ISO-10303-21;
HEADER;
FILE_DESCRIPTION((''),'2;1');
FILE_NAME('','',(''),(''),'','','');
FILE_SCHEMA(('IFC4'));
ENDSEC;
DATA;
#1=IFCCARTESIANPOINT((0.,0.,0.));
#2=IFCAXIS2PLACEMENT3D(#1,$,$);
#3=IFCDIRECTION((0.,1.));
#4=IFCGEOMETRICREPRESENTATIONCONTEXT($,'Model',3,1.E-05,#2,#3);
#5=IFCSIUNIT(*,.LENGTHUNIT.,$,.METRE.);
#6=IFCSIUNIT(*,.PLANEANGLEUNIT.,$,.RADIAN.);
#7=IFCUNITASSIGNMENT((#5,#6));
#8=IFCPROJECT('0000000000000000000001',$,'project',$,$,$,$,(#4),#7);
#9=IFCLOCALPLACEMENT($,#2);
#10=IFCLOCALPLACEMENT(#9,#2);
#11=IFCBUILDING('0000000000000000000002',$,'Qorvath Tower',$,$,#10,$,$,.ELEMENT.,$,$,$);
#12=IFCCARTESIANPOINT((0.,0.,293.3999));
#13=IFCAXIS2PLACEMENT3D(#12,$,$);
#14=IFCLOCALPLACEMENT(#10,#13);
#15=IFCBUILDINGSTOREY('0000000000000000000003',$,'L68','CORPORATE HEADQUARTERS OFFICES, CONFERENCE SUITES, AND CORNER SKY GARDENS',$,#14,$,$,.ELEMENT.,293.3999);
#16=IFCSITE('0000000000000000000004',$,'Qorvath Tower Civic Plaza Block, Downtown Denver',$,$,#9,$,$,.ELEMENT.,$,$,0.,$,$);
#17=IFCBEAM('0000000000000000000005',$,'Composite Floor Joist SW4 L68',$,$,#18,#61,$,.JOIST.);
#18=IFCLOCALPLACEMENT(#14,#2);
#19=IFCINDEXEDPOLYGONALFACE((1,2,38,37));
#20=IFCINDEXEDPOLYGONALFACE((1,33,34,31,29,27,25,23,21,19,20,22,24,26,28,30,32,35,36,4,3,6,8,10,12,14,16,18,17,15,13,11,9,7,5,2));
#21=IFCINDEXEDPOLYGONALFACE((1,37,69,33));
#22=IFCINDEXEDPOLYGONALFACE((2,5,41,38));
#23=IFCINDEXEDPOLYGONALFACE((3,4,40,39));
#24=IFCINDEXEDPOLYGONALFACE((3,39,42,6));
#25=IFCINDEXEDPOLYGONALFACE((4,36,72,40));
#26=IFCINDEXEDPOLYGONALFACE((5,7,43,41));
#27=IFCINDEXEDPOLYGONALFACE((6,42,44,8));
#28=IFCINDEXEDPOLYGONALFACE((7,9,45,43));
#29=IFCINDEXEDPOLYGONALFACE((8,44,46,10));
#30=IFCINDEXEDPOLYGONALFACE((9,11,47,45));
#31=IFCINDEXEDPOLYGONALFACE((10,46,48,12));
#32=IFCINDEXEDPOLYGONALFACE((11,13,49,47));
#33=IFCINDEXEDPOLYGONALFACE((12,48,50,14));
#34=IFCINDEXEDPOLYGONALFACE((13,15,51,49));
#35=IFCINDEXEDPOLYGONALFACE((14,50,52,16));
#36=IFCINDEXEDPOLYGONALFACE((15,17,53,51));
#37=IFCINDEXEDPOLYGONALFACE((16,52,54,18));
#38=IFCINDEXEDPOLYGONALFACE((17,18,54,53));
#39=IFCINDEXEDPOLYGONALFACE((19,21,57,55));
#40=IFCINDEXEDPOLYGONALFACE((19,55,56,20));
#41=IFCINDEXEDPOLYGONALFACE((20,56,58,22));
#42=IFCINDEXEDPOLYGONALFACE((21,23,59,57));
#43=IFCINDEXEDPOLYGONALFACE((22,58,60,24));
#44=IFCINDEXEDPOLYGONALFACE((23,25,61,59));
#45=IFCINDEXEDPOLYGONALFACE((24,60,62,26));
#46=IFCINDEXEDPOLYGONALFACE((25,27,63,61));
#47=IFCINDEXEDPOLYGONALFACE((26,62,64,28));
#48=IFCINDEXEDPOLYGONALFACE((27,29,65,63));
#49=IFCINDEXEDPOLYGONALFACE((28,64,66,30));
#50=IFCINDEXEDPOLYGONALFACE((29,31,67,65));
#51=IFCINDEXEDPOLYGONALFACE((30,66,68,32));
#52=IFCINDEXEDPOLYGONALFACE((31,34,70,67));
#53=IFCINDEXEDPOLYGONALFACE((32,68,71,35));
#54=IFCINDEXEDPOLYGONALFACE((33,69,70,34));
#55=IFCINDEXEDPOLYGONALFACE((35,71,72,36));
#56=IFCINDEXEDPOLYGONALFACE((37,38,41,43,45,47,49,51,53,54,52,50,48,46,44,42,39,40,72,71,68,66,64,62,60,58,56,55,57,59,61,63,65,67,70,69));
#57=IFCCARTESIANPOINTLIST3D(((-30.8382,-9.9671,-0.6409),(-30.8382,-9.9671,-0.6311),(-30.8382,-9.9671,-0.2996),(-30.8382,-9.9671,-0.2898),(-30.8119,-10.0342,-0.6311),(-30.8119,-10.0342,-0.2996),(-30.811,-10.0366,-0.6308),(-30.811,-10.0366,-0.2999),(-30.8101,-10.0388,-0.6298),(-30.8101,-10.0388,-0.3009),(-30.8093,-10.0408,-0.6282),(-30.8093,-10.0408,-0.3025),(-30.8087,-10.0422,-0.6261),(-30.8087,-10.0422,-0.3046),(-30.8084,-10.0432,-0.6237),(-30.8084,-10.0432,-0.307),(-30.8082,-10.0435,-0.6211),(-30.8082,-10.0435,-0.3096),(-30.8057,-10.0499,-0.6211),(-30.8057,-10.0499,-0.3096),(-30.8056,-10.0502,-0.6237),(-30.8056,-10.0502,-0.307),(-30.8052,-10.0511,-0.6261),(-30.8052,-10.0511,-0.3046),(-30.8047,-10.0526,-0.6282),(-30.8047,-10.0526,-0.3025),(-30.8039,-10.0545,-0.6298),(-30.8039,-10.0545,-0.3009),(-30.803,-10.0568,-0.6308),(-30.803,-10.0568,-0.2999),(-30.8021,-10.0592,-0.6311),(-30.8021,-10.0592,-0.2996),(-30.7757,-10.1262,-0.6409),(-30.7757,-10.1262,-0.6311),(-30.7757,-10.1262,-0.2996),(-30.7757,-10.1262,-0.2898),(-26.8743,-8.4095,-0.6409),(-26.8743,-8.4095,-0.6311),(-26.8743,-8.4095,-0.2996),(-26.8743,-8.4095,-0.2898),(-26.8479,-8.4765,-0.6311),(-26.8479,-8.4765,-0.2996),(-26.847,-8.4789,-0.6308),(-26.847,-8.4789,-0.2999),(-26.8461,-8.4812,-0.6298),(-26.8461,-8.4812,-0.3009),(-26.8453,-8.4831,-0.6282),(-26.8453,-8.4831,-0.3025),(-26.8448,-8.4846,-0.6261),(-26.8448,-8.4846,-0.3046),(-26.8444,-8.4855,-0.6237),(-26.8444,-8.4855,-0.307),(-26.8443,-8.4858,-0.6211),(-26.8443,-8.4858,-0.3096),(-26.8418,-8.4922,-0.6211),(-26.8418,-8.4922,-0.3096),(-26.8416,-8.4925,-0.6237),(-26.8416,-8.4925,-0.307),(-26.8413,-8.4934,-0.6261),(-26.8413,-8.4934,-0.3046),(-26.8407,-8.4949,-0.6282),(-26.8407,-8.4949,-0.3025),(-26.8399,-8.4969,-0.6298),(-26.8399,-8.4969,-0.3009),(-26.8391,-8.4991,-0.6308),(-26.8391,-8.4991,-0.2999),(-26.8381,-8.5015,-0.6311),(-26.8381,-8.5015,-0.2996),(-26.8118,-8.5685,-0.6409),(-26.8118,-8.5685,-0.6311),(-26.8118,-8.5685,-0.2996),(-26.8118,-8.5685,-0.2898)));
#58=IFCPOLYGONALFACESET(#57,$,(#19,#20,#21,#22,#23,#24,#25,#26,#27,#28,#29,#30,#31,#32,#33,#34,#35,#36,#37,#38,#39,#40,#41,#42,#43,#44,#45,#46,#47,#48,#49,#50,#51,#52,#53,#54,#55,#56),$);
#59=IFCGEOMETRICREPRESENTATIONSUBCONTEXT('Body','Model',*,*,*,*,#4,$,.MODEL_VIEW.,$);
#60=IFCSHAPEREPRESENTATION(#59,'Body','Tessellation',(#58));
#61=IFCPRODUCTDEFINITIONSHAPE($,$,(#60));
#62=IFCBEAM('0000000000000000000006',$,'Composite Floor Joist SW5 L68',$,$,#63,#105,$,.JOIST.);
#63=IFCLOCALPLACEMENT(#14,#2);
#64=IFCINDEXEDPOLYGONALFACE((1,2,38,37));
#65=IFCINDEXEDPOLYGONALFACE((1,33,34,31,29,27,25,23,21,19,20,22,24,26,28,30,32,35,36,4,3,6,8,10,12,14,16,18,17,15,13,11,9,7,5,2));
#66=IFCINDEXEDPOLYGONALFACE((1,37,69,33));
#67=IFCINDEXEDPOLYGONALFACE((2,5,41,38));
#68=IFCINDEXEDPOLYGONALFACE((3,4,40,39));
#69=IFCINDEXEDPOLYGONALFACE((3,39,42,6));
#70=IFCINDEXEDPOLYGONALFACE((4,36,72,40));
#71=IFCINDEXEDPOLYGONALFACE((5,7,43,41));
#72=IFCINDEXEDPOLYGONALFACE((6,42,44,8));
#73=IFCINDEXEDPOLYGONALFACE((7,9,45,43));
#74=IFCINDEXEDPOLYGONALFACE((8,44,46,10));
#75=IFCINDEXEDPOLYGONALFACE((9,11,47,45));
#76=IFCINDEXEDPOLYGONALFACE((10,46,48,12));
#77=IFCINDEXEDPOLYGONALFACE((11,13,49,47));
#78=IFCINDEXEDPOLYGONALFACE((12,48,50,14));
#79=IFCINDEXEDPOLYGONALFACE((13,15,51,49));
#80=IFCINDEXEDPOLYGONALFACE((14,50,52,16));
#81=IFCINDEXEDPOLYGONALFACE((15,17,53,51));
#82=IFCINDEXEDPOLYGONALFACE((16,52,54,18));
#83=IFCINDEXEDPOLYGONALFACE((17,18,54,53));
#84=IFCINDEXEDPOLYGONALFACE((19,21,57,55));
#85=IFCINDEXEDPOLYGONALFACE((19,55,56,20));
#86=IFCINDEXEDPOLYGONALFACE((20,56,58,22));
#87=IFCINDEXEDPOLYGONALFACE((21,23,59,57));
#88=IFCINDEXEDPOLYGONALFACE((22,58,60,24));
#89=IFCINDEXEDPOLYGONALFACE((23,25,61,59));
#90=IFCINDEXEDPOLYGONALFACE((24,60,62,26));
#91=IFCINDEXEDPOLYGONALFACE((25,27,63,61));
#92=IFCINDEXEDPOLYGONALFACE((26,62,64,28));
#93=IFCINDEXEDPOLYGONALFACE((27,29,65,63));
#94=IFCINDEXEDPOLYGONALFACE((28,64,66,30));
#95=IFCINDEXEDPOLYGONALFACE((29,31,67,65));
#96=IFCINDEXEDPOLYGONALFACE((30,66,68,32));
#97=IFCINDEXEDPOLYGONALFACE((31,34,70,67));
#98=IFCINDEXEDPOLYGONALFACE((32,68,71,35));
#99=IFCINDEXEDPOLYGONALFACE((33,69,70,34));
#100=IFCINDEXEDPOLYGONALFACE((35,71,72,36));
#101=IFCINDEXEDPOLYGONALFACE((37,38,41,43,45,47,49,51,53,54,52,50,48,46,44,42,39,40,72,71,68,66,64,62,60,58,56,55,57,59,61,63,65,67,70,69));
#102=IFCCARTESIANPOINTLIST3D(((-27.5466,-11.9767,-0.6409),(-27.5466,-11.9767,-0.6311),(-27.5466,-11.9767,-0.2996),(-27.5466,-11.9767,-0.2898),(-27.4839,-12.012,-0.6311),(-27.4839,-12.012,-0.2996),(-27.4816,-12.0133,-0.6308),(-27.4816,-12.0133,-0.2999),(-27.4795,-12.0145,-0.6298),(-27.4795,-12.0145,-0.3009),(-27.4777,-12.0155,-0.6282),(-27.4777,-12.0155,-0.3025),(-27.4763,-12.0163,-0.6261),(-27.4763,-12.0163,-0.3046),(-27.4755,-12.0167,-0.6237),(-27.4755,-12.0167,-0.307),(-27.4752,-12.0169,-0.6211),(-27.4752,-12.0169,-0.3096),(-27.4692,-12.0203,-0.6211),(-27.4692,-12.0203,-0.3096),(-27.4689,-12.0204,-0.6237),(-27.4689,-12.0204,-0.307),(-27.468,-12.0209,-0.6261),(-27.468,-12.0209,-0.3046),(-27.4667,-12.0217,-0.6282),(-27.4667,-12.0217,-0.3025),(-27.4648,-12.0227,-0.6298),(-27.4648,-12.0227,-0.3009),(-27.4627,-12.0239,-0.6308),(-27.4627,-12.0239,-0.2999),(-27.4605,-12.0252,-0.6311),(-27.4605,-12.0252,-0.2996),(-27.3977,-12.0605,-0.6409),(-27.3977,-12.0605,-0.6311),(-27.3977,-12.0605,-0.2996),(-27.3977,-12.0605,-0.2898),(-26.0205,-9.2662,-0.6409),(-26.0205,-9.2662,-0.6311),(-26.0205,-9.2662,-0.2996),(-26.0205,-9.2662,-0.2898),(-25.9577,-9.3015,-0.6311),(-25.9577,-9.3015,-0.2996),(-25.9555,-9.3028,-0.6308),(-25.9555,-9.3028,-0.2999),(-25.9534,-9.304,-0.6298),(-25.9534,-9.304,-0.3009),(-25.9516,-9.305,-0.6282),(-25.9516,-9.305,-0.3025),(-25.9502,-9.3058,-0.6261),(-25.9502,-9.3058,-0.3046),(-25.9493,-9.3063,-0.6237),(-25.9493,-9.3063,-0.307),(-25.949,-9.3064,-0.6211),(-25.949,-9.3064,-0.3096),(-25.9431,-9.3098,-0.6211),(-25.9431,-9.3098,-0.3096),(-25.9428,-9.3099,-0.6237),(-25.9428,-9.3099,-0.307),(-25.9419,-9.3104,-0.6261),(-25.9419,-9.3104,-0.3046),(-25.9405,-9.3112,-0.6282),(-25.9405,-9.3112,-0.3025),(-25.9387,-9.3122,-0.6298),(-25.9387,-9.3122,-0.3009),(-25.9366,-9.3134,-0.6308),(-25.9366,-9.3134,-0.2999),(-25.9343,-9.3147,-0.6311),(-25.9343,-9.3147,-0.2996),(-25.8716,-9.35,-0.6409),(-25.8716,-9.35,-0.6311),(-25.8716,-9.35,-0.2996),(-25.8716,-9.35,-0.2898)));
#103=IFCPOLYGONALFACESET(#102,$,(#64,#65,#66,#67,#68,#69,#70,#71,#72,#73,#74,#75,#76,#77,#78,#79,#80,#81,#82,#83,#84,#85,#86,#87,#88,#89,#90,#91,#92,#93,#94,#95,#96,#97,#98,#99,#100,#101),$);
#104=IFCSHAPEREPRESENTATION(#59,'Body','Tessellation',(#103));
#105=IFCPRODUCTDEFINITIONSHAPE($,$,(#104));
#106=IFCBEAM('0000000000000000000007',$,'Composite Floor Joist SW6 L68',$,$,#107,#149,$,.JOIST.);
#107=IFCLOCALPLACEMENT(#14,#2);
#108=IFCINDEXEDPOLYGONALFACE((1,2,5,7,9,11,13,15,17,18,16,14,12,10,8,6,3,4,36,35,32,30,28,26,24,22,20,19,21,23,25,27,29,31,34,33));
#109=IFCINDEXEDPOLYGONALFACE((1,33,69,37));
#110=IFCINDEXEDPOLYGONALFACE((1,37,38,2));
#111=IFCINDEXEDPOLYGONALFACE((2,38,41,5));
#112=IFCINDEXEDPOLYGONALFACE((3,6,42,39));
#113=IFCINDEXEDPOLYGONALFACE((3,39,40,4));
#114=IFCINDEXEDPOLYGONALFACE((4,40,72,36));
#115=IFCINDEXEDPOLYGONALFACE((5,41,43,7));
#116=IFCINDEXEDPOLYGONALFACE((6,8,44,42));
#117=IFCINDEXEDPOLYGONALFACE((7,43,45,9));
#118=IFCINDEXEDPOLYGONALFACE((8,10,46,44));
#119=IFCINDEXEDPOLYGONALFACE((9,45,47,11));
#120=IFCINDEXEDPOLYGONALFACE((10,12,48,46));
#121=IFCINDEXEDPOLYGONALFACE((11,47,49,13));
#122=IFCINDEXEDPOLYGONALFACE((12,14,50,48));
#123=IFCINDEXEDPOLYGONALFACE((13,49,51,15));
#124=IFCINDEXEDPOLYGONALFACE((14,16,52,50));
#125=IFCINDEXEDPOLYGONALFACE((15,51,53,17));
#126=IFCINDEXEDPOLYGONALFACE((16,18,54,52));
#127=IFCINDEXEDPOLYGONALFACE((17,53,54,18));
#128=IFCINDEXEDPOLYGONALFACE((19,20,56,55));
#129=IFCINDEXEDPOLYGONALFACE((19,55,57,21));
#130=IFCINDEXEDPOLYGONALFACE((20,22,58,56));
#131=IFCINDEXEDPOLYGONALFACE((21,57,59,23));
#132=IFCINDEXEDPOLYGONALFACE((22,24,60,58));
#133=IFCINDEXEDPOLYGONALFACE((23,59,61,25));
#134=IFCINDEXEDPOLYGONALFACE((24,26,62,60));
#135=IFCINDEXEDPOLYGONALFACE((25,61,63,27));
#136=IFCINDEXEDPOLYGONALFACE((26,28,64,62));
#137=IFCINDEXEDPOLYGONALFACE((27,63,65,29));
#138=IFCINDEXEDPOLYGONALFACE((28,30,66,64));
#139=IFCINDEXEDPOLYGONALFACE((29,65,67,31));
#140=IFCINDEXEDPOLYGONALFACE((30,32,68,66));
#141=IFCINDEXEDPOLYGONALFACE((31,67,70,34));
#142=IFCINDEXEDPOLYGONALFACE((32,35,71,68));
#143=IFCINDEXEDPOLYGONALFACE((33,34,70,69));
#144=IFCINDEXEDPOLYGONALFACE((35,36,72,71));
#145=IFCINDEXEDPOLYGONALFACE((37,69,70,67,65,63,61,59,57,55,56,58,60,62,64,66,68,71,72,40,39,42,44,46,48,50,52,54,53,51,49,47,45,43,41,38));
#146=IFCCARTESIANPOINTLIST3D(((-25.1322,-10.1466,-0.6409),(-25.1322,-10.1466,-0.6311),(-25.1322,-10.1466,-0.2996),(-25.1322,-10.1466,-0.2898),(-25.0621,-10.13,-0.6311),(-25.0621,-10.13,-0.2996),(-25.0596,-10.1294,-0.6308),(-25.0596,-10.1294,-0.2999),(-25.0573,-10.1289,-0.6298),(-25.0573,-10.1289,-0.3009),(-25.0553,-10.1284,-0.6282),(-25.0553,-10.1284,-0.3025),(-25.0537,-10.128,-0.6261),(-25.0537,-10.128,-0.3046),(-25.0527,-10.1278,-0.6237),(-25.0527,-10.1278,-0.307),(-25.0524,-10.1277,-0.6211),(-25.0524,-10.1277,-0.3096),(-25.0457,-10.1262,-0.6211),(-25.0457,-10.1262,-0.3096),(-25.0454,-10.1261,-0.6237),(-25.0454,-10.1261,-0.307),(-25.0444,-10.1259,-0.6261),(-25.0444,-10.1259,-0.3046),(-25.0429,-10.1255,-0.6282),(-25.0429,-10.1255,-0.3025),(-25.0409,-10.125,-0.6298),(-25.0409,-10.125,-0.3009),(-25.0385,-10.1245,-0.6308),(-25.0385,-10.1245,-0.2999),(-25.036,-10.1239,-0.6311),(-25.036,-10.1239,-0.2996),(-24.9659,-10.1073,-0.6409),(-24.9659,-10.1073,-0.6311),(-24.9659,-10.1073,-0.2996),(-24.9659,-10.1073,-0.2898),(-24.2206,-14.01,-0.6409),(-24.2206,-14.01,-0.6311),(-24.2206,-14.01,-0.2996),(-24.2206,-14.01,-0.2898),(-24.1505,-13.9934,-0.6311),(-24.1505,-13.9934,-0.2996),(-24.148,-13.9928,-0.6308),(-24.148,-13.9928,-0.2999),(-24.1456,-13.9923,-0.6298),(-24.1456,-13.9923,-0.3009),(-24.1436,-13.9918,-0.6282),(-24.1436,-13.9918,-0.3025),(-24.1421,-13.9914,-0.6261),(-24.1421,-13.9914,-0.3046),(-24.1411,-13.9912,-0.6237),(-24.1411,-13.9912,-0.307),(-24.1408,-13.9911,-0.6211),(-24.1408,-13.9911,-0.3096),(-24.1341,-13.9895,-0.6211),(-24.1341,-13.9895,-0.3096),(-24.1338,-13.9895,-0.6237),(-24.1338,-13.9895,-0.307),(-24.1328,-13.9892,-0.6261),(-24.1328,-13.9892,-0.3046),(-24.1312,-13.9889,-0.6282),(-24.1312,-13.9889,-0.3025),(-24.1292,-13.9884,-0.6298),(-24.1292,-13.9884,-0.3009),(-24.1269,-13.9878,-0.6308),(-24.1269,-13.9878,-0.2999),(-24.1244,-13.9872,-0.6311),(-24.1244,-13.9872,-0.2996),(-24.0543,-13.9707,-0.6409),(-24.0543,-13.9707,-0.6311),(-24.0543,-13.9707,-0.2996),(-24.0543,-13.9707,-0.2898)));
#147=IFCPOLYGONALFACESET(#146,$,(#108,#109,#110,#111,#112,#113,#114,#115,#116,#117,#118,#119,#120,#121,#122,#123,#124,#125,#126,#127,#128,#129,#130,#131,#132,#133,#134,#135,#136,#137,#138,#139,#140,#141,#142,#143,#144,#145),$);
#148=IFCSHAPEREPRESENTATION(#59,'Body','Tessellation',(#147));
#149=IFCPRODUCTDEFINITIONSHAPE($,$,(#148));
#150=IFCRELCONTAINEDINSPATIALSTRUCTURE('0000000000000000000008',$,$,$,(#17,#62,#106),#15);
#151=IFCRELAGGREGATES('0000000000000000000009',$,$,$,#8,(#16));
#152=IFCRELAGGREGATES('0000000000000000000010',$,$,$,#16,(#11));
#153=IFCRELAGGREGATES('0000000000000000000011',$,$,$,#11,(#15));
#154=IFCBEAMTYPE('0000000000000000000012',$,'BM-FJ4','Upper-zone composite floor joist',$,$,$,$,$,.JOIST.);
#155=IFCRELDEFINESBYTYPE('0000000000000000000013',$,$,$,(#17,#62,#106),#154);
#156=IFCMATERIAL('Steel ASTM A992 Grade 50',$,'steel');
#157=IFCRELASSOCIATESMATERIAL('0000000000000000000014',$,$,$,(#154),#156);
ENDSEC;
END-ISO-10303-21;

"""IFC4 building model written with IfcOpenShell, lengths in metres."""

from ifc_helpers import new_model, si_unit, direction, frame, origin, origin_2d, place, context, subcontext, project, spatial, i_section, extrude, material, material_profile, profile_set, type_object, element, save


model = new_model("IFC4")

# Units and contexts
model_context = context("Model", 3, precision=1e-05, world=origin(), true_north=direction((0.0, 1.0)))
body_context = subcontext(model_context, "Body", "Model", "MODEL_VIEW")
ifc_project = project(units=[si_unit("LENGTHUNIT", "METRE"), si_unit("PLANEANGLEUNIT", "RADIAN")], contexts=[model_context])

# Site, building, storey
site_placement = place(None, origin())
site = spatial("IfcSite", under=ifc_project, at=site_placement, Name="Qorvath Tower Civic Plaza Block, Downtown Denver", CompositionType="ELEMENT", RefElevation=0.0)
building_placement = place(site_placement, origin())
building = spatial("IfcBuilding", under=site, at=building_placement, Name="Qorvath Tower", CompositionType="ELEMENT")
storey_placement = place(building_placement, frame((0.0, 0.0, 293.3999)))
storey = spatial("IfcBuildingStorey", under=building, at=storey_placement, Name="L68", Description="CORPORATE HEADQUARTERS OFFICES, CONFERENCE SUITES, AND CORNER SKY GARDENS", CompositionType="ELEMENT", Elevation=293.3999)

# Beams
ifc_material_1 = material(Name="Steel ASTM A992 Grade 50", Category="steel")
ifc_material_profile_1 = material_profile(ifc_material_1, i_section(OverallWidth=0.1709, OverallDepth=0.3511, WebThickness=0.0068, FlangeThickness=0.0098, FilletRadius=0.01, at=origin_2d()), Name="W14x30")
ifc_profile_set_1 = profile_set([ifc_material_profile_1], Name="Steel ASTM A992 Grade 50")
beam_type_1 = type_object("IfcBeamType", Name="BM-FJ4", Description="Upper-zone composite floor joist", PredefinedType="JOIST", material=ifc_profile_set_1)
beam_1_placement = place(storey_placement, frame((-26.843, -8.489, -0.4653), z_axis=(-0.930721, -0.36573, 0.0), x_axis=(0.36573, -0.930721, 0.0)))
element("IfcBeam", 1, at=beam_1_placement, inside=storey, type_object=beam_type_1, Name="Composite Floor Joist SW4 L68", PredefinedType="JOIST", context=body_context, shape_type="SweptSolid", body=[
    extrude(i_section(OverallWidth=0.1709, OverallDepth=0.3511, WebThickness=0.0068, FlangeThickness=0.0098, FilletRadius=0.01, at=origin_2d()), origin(), (0.0, 0.0, 1.0), 4.259),
])
beam_2_placement = place(storey_placement, frame((-25.946, -9.3081, -0.4653), z_axis=(-0.490626, -0.87137, 0.0), x_axis=(0.87137, -0.490626, 0.0)))
element("IfcBeam", 2, at=beam_2_placement, inside=storey, type_object=beam_type_1, Name="Composite Floor Joist SW5 L68", PredefinedType="JOIST", context=body_context, shape_type="SweptSolid", body=[
    extrude(i_section(OverallWidth=0.1709, OverallDepth=0.3511, WebThickness=0.0068, FlangeThickness=0.0098, FilletRadius=0.01, at=origin_2d()), origin(), (0.0, 0.0, 1.0), 3.1106),
])
beam_3_placement = place(storey_placement, frame((-25.0491, -10.127, -0.4653), z_axis=(0.229663, -0.97327, 0.0), x_axis=(0.97327, 0.229663, 0.0)))
element("IfcBeam", 3, at=beam_3_placement, inside=storey, type_object=beam_type_1, Name="Composite Floor Joist SW6 L68", PredefinedType="JOIST", context=body_context, shape_type="SweptSolid", body=[
    extrude(i_section(OverallWidth=0.1709, OverallDepth=0.3511, WebThickness=0.0068, FlangeThickness=0.0098, FilletRadius=0.01, at=origin_2d()), origin(), (0.0, 0.0, 1.0), 3.9695),
])

save(model, "model.ifc")
